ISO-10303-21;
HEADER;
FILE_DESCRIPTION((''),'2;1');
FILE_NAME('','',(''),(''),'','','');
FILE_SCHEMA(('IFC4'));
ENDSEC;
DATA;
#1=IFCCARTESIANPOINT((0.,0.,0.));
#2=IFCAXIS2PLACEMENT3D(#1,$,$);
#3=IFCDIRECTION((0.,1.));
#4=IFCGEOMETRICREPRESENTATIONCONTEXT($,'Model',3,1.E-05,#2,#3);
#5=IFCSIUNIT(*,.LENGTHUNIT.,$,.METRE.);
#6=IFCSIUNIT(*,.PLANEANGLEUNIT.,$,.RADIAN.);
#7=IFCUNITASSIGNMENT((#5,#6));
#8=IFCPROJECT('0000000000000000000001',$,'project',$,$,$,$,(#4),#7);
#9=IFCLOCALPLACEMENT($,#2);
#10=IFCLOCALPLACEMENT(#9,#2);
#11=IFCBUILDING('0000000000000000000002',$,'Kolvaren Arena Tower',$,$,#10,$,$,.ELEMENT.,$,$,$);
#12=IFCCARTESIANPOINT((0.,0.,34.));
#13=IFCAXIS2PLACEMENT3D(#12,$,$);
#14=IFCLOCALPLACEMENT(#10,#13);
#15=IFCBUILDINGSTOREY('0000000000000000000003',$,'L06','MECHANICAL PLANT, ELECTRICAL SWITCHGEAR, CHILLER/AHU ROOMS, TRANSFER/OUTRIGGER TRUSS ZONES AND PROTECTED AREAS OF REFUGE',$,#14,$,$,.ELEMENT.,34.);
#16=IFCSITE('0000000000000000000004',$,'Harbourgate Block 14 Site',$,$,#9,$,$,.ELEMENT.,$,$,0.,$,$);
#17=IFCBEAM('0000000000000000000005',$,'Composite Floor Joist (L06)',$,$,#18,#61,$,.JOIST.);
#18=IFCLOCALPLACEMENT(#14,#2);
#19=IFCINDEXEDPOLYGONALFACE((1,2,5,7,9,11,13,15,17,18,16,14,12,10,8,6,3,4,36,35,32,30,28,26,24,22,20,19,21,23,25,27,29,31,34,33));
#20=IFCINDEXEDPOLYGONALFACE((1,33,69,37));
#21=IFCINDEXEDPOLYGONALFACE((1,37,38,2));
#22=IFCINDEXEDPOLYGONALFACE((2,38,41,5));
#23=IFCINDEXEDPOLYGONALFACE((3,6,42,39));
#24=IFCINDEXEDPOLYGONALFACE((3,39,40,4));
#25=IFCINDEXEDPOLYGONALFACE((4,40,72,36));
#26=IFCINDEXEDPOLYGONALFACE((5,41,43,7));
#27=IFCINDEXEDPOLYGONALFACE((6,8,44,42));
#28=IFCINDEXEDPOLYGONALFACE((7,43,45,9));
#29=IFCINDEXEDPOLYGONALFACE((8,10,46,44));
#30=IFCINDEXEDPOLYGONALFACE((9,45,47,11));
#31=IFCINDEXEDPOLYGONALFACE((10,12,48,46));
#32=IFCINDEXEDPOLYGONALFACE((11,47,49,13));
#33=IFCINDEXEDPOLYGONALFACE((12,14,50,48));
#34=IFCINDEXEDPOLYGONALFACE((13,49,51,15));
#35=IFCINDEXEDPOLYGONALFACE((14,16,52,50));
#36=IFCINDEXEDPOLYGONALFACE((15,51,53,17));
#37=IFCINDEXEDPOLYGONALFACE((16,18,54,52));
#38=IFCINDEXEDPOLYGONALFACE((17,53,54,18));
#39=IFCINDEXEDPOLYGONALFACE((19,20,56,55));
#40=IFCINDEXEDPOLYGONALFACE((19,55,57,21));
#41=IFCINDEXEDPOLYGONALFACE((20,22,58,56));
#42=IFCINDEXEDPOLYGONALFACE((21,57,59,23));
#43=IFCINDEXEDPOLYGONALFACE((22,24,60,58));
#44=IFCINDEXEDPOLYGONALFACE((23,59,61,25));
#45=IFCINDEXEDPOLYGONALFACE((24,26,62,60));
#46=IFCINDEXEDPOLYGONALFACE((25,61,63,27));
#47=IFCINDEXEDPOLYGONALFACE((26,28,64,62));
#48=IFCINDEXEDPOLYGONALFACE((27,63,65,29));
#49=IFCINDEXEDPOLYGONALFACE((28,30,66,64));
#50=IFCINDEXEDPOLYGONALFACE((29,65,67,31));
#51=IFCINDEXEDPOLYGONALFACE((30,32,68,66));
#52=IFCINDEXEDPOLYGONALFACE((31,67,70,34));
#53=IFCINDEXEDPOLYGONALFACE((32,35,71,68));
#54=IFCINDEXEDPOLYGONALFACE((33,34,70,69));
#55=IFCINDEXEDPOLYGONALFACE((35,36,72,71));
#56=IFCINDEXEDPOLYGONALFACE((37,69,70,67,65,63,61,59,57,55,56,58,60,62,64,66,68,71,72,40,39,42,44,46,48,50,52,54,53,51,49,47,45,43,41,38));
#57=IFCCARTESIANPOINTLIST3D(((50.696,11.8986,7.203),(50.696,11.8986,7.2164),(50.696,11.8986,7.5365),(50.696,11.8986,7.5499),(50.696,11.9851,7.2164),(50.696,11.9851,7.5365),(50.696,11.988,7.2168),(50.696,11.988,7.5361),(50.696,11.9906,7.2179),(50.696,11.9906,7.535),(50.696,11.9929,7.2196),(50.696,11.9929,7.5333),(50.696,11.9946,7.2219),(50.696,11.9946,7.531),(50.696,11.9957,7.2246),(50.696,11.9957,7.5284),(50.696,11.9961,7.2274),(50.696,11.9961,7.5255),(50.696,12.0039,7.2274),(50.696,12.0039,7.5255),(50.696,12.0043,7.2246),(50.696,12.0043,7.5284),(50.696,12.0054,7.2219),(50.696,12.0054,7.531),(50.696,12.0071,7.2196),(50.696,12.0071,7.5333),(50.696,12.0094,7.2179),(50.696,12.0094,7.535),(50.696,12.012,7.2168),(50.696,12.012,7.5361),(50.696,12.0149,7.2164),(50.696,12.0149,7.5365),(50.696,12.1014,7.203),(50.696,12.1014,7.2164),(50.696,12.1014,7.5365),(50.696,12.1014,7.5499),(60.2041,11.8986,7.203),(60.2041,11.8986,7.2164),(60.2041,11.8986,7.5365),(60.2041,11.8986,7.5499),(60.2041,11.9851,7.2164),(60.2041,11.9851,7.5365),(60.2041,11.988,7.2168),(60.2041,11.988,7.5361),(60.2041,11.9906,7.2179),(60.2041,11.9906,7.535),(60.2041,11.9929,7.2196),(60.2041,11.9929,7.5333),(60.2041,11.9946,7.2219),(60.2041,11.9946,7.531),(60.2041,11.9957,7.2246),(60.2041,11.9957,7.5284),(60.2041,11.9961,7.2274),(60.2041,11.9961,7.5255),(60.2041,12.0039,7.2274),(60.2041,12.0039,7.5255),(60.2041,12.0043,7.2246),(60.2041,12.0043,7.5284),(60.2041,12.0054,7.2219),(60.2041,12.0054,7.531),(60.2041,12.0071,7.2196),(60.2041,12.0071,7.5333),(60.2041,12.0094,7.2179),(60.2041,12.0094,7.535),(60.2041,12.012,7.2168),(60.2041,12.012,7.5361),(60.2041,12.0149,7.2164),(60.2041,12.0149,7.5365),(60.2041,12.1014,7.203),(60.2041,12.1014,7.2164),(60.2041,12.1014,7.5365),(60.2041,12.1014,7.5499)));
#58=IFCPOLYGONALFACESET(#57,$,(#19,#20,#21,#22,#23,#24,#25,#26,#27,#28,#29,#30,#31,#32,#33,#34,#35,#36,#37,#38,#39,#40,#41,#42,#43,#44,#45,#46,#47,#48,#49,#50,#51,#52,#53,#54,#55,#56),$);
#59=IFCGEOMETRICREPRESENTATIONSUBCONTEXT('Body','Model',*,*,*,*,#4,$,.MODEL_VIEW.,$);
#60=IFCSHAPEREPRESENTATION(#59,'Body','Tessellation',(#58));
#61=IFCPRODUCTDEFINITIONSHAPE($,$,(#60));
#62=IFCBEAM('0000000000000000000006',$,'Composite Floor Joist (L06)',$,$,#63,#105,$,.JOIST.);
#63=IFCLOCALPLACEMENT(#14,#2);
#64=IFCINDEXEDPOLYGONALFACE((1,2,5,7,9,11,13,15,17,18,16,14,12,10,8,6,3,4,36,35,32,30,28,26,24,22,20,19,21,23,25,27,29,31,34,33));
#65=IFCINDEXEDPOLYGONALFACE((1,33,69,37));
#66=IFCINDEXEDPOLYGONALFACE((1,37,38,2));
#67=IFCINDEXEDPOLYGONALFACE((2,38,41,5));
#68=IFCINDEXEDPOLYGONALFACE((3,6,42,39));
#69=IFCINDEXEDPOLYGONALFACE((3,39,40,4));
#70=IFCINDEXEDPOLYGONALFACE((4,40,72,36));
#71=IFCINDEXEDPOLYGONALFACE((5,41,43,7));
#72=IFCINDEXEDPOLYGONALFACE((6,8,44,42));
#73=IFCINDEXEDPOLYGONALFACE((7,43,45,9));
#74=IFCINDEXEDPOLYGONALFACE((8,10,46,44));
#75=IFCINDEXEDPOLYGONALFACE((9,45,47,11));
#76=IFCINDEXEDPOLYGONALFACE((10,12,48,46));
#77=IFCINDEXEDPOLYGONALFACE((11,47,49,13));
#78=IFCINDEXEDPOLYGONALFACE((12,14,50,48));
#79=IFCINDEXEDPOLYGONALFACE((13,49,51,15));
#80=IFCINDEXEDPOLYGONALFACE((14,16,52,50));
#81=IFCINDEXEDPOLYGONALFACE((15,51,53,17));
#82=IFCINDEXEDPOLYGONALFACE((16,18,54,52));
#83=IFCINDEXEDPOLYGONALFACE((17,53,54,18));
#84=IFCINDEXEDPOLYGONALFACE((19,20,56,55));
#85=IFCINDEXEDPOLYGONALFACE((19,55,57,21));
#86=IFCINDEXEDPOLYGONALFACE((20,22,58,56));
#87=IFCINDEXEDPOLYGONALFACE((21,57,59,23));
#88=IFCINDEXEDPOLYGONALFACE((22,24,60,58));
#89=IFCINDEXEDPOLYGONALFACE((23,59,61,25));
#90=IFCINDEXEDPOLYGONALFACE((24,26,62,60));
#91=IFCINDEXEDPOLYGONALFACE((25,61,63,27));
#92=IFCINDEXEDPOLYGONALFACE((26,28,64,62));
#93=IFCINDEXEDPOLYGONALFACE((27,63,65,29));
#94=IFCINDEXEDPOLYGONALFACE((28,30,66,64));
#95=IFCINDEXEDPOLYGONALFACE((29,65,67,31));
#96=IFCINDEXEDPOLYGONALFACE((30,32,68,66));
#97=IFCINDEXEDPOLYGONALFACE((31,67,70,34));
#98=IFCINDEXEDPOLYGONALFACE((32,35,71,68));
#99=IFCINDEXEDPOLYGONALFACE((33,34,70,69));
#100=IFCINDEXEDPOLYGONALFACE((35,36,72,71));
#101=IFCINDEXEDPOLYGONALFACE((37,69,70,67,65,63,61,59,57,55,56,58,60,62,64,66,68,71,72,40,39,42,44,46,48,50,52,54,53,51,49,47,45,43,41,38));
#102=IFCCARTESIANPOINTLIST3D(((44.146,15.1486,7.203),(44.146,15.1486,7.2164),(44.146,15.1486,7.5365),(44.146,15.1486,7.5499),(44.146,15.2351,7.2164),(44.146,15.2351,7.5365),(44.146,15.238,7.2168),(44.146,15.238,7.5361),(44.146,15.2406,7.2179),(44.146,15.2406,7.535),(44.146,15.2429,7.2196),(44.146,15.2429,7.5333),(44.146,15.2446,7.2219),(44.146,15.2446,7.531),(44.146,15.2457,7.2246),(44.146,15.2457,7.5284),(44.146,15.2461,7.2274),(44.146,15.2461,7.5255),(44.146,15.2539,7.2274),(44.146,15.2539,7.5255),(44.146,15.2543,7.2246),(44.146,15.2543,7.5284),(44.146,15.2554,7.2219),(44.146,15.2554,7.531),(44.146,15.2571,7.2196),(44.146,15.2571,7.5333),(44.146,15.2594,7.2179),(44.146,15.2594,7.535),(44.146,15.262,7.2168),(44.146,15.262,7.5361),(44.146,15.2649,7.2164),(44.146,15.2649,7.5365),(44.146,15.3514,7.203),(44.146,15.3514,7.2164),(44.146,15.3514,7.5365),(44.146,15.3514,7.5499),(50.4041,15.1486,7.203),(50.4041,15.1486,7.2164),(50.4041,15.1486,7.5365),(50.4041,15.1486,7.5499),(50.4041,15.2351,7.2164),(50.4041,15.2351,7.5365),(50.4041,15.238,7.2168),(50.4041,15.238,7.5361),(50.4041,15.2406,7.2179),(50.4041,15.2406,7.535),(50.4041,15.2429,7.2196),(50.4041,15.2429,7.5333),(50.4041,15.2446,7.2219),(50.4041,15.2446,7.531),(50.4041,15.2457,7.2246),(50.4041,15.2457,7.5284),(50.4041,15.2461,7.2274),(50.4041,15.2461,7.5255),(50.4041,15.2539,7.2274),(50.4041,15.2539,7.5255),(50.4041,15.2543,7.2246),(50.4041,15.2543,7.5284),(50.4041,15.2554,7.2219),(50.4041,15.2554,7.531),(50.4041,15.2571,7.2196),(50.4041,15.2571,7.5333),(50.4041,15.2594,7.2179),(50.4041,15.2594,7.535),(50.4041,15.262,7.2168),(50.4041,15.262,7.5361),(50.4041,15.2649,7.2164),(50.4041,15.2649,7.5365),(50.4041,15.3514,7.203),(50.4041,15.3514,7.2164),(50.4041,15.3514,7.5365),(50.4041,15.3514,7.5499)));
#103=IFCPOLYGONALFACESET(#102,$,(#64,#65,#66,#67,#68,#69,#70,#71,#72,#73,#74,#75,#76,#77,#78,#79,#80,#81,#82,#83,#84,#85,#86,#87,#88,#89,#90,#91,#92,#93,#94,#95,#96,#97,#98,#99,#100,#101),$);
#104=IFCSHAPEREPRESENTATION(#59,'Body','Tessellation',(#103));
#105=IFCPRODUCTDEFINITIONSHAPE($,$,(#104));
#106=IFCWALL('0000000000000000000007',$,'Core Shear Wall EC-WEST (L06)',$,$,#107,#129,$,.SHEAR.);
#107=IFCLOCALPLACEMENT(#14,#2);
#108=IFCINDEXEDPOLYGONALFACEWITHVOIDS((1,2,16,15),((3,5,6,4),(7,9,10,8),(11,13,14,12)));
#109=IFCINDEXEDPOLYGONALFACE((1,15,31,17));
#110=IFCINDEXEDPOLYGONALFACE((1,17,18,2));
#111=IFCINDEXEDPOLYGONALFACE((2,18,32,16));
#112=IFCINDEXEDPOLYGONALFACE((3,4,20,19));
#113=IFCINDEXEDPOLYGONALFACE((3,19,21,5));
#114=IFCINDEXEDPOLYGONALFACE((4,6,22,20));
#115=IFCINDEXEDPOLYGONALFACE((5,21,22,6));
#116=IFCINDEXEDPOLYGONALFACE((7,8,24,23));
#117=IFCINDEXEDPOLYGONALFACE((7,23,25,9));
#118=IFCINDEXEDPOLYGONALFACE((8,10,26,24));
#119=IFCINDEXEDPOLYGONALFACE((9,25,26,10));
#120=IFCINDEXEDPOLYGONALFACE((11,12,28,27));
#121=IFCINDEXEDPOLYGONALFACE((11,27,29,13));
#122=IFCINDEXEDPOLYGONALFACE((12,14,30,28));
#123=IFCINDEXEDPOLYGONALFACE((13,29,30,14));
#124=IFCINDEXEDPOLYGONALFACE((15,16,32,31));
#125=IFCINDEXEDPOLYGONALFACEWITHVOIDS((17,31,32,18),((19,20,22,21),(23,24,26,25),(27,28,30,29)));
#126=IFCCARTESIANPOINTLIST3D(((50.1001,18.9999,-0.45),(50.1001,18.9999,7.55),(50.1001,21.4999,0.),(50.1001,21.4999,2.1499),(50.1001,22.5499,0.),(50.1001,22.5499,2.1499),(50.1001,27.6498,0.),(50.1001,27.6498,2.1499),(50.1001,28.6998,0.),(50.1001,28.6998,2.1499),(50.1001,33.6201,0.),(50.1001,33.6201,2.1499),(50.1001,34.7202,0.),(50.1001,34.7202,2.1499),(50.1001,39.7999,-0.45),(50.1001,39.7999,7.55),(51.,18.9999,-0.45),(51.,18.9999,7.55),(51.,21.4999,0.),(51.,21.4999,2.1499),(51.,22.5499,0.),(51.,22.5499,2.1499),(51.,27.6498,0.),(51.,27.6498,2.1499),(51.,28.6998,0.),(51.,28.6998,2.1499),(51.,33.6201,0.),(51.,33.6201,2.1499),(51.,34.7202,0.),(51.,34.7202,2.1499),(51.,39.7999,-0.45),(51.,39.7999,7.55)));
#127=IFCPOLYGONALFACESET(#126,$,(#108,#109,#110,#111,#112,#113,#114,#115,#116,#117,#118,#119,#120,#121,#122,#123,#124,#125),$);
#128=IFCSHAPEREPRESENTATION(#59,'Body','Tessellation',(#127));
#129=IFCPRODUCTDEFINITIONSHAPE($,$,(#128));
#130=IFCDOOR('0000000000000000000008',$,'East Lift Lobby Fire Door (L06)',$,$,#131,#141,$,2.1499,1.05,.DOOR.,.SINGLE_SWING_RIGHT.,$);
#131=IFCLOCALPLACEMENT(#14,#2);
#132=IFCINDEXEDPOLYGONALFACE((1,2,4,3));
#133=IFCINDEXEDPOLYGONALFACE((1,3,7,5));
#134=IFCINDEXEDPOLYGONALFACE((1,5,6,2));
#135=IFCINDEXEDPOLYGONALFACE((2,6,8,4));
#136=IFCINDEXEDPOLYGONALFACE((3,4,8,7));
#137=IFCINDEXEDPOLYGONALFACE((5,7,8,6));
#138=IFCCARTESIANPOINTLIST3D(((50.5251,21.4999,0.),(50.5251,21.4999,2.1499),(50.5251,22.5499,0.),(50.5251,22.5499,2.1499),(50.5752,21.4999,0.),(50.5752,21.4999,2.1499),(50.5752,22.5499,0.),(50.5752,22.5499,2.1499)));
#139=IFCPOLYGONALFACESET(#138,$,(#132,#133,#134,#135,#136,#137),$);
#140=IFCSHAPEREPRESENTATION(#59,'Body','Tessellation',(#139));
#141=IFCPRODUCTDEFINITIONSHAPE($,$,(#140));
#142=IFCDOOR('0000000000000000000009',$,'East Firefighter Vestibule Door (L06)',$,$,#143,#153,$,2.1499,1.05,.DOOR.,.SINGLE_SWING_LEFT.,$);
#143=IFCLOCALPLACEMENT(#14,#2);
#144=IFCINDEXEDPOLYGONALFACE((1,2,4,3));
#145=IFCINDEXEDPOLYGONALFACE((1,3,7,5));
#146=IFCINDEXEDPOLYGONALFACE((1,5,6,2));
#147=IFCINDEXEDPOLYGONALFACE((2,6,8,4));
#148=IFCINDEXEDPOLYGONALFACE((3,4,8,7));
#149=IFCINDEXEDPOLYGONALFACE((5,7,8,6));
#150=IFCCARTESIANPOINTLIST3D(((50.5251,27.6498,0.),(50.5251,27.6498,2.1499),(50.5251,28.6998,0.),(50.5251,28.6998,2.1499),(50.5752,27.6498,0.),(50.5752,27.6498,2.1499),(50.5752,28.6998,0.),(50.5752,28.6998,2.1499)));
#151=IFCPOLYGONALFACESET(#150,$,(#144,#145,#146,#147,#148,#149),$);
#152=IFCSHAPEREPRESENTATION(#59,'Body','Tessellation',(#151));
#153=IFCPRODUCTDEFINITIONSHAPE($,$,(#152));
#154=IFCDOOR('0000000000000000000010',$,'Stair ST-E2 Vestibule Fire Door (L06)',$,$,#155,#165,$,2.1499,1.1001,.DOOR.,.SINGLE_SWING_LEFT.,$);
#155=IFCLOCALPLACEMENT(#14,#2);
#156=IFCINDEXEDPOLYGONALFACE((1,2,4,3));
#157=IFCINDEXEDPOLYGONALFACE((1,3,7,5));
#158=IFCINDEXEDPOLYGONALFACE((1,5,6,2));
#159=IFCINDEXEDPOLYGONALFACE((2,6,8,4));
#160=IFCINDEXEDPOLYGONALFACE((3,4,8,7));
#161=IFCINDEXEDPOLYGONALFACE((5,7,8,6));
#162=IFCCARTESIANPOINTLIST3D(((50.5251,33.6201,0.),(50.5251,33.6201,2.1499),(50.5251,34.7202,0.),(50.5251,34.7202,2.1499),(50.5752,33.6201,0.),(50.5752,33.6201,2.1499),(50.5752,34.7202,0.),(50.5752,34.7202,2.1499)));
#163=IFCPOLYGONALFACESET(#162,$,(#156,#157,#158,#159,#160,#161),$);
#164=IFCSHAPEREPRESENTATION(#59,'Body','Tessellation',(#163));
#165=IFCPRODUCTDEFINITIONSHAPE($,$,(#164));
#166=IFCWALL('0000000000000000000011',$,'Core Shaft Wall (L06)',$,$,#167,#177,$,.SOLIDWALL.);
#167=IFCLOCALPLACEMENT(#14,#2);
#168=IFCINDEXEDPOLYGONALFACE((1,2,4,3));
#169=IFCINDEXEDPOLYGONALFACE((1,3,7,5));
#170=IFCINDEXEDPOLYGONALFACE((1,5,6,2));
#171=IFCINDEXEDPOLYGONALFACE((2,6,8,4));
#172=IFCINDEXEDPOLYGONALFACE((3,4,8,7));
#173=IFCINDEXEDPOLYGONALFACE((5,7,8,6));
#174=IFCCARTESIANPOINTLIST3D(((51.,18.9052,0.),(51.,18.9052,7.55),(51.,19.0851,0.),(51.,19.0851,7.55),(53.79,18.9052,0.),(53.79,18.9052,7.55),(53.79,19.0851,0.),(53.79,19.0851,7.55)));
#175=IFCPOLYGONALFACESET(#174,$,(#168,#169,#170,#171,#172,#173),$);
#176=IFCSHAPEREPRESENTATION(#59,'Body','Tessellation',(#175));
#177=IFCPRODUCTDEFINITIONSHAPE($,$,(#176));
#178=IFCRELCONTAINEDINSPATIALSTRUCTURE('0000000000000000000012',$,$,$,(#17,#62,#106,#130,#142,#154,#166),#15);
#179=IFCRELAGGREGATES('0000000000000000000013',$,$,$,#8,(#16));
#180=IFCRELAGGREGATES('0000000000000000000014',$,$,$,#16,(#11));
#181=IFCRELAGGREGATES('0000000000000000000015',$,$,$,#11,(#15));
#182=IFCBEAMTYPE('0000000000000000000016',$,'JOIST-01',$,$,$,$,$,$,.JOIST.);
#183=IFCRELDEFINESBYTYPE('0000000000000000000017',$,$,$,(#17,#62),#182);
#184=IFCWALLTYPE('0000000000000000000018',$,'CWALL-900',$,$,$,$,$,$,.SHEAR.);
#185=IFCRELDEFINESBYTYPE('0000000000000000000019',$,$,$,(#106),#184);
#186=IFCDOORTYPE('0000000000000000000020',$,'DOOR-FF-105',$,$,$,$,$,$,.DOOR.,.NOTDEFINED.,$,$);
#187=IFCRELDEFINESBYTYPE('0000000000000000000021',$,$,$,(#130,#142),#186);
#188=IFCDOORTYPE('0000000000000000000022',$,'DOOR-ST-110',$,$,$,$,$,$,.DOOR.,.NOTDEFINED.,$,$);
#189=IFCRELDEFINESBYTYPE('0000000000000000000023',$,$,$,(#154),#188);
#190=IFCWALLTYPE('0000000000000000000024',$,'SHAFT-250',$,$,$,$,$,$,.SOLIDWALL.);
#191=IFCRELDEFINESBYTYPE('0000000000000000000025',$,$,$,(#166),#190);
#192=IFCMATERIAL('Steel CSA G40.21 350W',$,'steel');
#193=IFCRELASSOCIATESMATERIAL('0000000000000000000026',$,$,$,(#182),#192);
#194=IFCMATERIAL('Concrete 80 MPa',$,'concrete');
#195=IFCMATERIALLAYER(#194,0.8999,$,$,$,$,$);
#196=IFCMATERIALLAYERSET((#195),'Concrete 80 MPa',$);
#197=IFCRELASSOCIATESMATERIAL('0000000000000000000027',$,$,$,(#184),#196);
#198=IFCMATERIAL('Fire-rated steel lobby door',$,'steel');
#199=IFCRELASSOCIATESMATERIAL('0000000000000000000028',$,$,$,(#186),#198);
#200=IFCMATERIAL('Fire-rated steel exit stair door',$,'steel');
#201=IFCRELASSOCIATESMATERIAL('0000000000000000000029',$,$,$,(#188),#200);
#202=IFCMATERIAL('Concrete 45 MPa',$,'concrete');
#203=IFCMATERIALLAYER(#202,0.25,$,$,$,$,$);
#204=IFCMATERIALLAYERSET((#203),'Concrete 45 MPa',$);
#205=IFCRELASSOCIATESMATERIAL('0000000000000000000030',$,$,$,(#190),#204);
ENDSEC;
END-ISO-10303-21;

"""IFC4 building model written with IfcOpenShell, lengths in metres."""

from ifc_helpers import new_model, si_unit, direction, frame, frame_2d, origin, origin_2d, place, context, subcontext, project, spatial, rectangle, i_section, extrude, material, layer, layer_set, material_profile, profile_set, type_object, element, fill, save


model = new_model("IFC4")

# Units and contexts
model_context = context("Model", 3, precision=1e-05, world=origin(), true_north=direction((0.0, 1.0)))
body_context = subcontext(model_context, "Body", "Model", "MODEL_VIEW")
ifc_project = project(units=[si_unit("LENGTHUNIT", "METRE"), si_unit("PLANEANGLEUNIT", "RADIAN")], contexts=[model_context])

# Site, building, storey
site_placement = place(None, origin())
site = spatial("IfcSite", under=ifc_project, at=site_placement, Name="Harbourgate Block 14 Site", CompositionType="ELEMENT", RefElevation=0.0)
building_placement = place(site_placement, origin())
building = spatial("IfcBuilding", under=site, at=building_placement, Name="Kolvaren Arena Tower", CompositionType="ELEMENT")
storey_placement = place(building_placement, frame((0.0, 0.0, 34.0)))
storey = spatial("IfcBuildingStorey", under=building, at=storey_placement, Name="L06", Description="MECHANICAL PLANT, ELECTRICAL SWITCHGEAR, CHILLER/AHU ROOMS, TRANSFER/OUTRIGGER TRUSS ZONES AND PROTECTED AREAS OF REFUGE", CompositionType="ELEMENT", Elevation=34.0)

# Shared definitions
ifc_material_1 = material(Name="Concrete 80 MPa", Category="concrete")

# Beams
ifc_material_2 = material(Name="Steel CSA G40.21 350W", Category="steel")
ifc_material_profile_1 = material_profile(ifc_material_2, i_section(OverallWidth=0.2029, OverallDepth=0.3469, WebThickness=0.0078, FlangeThickness=0.0134, FilletRadius=0.011, at=origin_2d()), Name="W360x64")
ifc_profile_set_1 = profile_set([ifc_material_profile_1], Name="Steel CSA G40.21 350W")
beam_type_1 = type_object("IfcBeamType", Name="JOIST-01", PredefinedType="JOIST", material=ifc_profile_set_1)
beam_1_placement = place(storey_placement, frame((50.696, 12.0, 7.3765), z_axis=(1.0, 0.0, 0.0), x_axis=(0.0, 1.0, 0.0)))
element("IfcBeam", 1, at=beam_1_placement, inside=storey, type_object=beam_type_1, Name="Composite Floor Joist (L06)", PredefinedType="JOIST", context=body_context, shape_type="SweptSolid", body=[
    extrude(i_section(OverallWidth=0.2029, OverallDepth=0.3469, WebThickness=0.0078, FlangeThickness=0.0134, FilletRadius=0.011, at=origin_2d()), origin(), (0.0, 0.0, 1.0), 9.5081),
])
beam_2_placement = place(storey_placement, frame((44.146, 15.25, 7.3765), z_axis=(1.0, 0.0, 0.0), x_axis=(0.0, 1.0, 0.0)))
element("IfcBeam", 2, at=beam_2_placement, inside=storey, type_object=beam_type_1, Name="Composite Floor Joist (L06)", PredefinedType="JOIST", context=body_context, shape_type="SweptSolid", body=[
    extrude(i_section(OverallWidth=0.2029, OverallDepth=0.3469, WebThickness=0.0078, FlangeThickness=0.0134, FilletRadius=0.011, at=origin_2d()), origin(), (0.0, 0.0, 1.0), 6.2581),
])

# Wall, openings, doors
ifc_layer_1 = layer(ifc_material_1, 0.8999)
ifc_layer_set_1 = layer_set([ifc_layer_1], Name="Concrete 80 MPa")
wall_type_1 = type_object("IfcWallType", Name="CWALL-900", PredefinedType="SHEAR", material=ifc_layer_set_1)
wall_1_placement = place(storey_placement, frame((50.55, 19.0, -0.45), z_axis=(0.0, 0.0, 1.0), x_axis=(0.0, 1.0, 0.0)))
wall_1 = element("IfcWall", 3, at=wall_1_placement, inside=storey, type_object=wall_type_1, Name="Core Shear Wall EC-WEST (L06)", PredefinedType="SHEAR", context=body_context, shape_type="SweptSolid", body=[
    extrude(rectangle(XDim=20.8, YDim=0.8999, at=frame_2d((10.3999, 0.0))), origin(), (0.0, 0.0, 1.0), 8.0),
])
opening_1_placement = place(wall_1_placement, frame((2.5, 0.0, 0.45)))
opening_1 = element("IfcOpeningElement", 4, at=opening_1_placement, cuts=wall_1, PredefinedType="OPENING", context=body_context, shape_type="SweptSolid", body=[
    extrude(rectangle(XDim=1.05, YDim=2.1499, at=frame_2d((0.5249, 1.075))), frame((0.0, 0.46, 0.0), z_axis=(0.0, -1.0, 0.0), x_axis=(1.0, 0.0, 0.0)), (0.0, 0.0, 1.0), 0.9199),
])
opening_2_placement = place(wall_1_placement, frame((8.6499, 0.0, 0.45)))
opening_2 = element("IfcOpeningElement", 5, at=opening_2_placement, cuts=wall_1, PredefinedType="OPENING", context=body_context, shape_type="SweptSolid", body=[
    extrude(rectangle(XDim=1.05, YDim=2.1499, at=frame_2d((0.5249, 1.075))), frame((0.0, 0.46, 0.0), z_axis=(0.0, -1.0, 0.0), x_axis=(1.0, 0.0, 0.0)), (0.0, 0.0, 1.0), 0.9199),
])
opening_3_placement = place(wall_1_placement, frame((14.6201, 0.0, 0.45)))
opening_3 = element("IfcOpeningElement", 6, at=opening_3_placement, cuts=wall_1, PredefinedType="OPENING", context=body_context, shape_type="SweptSolid", body=[
    extrude(rectangle(XDim=1.1001, YDim=2.1499, at=frame_2d((0.55, 1.075))), frame((0.0, 0.46, 0.0), z_axis=(0.0, -1.0, 0.0), x_axis=(1.0, 0.0, 0.0)), (0.0, 0.0, 1.0), 0.9199),
])
ifc_material_3 = material(Name="Fire-rated steel lobby door", Category="steel")
door_type_1 = type_object("IfcDoorType", Name="DOOR-FF-105", OperationType="NOTDEFINED", PredefinedType="DOOR", material=ifc_material_3)
door_1_placement = place(opening_1_placement, origin())
door_1 = element("IfcDoor", 7, at=door_1_placement, inside=storey, type_object=door_type_1, Name="East Lift Lobby Fire Door (L06)", OperationType="SINGLE_SWING_RIGHT", OverallHeight=2.1499, OverallWidth=1.05, PredefinedType="DOOR", context=body_context, shape_type="SweptSolid", body=[
    extrude(rectangle(XDim=1.05, YDim=2.1499, at=frame_2d((0.5249, 1.075))), frame((0.0, 0.0249, 0.0), z_axis=(0.0, -1.0, 0.0), x_axis=(1.0, 0.0, 0.0)), (0.0, 0.0, 1.0), 0.05),
])
fill(opening_1, door_1)
door_2_placement = place(opening_2_placement, origin())
door_2 = element("IfcDoor", 8, at=door_2_placement, inside=storey, type_object=door_type_1, Name="East Firefighter Vestibule Door (L06)", OperationType="SINGLE_SWING_LEFT", OverallHeight=2.1499, OverallWidth=1.05, PredefinedType="DOOR", context=body_context, shape_type="SweptSolid", body=[
    extrude(rectangle(XDim=1.05, YDim=2.1499, at=frame_2d((0.5249, 1.075))), frame((0.0, 0.0249, 0.0), z_axis=(0.0, -1.0, 0.0), x_axis=(1.0, 0.0, 0.0)), (0.0, 0.0, 1.0), 0.05),
])
fill(opening_2, door_2)
ifc_material_4 = material(Name="Fire-rated steel exit stair door", Category="steel")
door_type_2 = type_object("IfcDoorType", Name="DOOR-ST-110", OperationType="NOTDEFINED", PredefinedType="DOOR", material=ifc_material_4)
door_3_placement = place(opening_3_placement, origin())
door_3 = element("IfcDoor", 9, at=door_3_placement, inside=storey, type_object=door_type_2, Name="Stair ST-E2 Vestibule Fire Door (L06)", OperationType="SINGLE_SWING_LEFT", OverallHeight=2.1499, OverallWidth=1.1001, PredefinedType="DOOR", context=body_context, shape_type="SweptSolid", body=[
    extrude(rectangle(XDim=1.1001, YDim=2.1499, at=frame_2d((0.55, 1.075))), frame((0.0, 0.0249, 0.0), z_axis=(0.0, -1.0, 0.0), x_axis=(1.0, 0.0, 0.0)), (0.0, 0.0, 1.0), 0.05),
])
fill(opening_3, door_3)

# Wall
ifc_material_5 = material(Name="Concrete 45 MPa", Category="concrete")
ifc_layer_2 = layer(ifc_material_5, 0.25)
ifc_layer_set_2 = layer_set([ifc_layer_2], Name="Concrete 45 MPa")
wall_type_2 = type_object("IfcWallType", Name="SHAFT-250", PredefinedType="SOLIDWALL", material=ifc_layer_set_2)
wall_2_placement = place(storey_placement, frame((51.0, 18.9951, 0.0), z_axis=(0.0, 0.0, 1.0), x_axis=(1.0, 0.0, 0.0)))
element("IfcWall", 10, at=wall_2_placement, inside=storey, type_object=wall_type_2, Name="Core Shaft Wall (L06)", PredefinedType="SOLIDWALL", context=body_context, shape_type="SweptSolid", body=[
    extrude(rectangle(XDim=2.79, YDim=0.1799, at=frame_2d((1.395, 0.0))), origin(), (0.0, 0.0, 1.0), 7.55),
])

save(model, "model.ifc")
